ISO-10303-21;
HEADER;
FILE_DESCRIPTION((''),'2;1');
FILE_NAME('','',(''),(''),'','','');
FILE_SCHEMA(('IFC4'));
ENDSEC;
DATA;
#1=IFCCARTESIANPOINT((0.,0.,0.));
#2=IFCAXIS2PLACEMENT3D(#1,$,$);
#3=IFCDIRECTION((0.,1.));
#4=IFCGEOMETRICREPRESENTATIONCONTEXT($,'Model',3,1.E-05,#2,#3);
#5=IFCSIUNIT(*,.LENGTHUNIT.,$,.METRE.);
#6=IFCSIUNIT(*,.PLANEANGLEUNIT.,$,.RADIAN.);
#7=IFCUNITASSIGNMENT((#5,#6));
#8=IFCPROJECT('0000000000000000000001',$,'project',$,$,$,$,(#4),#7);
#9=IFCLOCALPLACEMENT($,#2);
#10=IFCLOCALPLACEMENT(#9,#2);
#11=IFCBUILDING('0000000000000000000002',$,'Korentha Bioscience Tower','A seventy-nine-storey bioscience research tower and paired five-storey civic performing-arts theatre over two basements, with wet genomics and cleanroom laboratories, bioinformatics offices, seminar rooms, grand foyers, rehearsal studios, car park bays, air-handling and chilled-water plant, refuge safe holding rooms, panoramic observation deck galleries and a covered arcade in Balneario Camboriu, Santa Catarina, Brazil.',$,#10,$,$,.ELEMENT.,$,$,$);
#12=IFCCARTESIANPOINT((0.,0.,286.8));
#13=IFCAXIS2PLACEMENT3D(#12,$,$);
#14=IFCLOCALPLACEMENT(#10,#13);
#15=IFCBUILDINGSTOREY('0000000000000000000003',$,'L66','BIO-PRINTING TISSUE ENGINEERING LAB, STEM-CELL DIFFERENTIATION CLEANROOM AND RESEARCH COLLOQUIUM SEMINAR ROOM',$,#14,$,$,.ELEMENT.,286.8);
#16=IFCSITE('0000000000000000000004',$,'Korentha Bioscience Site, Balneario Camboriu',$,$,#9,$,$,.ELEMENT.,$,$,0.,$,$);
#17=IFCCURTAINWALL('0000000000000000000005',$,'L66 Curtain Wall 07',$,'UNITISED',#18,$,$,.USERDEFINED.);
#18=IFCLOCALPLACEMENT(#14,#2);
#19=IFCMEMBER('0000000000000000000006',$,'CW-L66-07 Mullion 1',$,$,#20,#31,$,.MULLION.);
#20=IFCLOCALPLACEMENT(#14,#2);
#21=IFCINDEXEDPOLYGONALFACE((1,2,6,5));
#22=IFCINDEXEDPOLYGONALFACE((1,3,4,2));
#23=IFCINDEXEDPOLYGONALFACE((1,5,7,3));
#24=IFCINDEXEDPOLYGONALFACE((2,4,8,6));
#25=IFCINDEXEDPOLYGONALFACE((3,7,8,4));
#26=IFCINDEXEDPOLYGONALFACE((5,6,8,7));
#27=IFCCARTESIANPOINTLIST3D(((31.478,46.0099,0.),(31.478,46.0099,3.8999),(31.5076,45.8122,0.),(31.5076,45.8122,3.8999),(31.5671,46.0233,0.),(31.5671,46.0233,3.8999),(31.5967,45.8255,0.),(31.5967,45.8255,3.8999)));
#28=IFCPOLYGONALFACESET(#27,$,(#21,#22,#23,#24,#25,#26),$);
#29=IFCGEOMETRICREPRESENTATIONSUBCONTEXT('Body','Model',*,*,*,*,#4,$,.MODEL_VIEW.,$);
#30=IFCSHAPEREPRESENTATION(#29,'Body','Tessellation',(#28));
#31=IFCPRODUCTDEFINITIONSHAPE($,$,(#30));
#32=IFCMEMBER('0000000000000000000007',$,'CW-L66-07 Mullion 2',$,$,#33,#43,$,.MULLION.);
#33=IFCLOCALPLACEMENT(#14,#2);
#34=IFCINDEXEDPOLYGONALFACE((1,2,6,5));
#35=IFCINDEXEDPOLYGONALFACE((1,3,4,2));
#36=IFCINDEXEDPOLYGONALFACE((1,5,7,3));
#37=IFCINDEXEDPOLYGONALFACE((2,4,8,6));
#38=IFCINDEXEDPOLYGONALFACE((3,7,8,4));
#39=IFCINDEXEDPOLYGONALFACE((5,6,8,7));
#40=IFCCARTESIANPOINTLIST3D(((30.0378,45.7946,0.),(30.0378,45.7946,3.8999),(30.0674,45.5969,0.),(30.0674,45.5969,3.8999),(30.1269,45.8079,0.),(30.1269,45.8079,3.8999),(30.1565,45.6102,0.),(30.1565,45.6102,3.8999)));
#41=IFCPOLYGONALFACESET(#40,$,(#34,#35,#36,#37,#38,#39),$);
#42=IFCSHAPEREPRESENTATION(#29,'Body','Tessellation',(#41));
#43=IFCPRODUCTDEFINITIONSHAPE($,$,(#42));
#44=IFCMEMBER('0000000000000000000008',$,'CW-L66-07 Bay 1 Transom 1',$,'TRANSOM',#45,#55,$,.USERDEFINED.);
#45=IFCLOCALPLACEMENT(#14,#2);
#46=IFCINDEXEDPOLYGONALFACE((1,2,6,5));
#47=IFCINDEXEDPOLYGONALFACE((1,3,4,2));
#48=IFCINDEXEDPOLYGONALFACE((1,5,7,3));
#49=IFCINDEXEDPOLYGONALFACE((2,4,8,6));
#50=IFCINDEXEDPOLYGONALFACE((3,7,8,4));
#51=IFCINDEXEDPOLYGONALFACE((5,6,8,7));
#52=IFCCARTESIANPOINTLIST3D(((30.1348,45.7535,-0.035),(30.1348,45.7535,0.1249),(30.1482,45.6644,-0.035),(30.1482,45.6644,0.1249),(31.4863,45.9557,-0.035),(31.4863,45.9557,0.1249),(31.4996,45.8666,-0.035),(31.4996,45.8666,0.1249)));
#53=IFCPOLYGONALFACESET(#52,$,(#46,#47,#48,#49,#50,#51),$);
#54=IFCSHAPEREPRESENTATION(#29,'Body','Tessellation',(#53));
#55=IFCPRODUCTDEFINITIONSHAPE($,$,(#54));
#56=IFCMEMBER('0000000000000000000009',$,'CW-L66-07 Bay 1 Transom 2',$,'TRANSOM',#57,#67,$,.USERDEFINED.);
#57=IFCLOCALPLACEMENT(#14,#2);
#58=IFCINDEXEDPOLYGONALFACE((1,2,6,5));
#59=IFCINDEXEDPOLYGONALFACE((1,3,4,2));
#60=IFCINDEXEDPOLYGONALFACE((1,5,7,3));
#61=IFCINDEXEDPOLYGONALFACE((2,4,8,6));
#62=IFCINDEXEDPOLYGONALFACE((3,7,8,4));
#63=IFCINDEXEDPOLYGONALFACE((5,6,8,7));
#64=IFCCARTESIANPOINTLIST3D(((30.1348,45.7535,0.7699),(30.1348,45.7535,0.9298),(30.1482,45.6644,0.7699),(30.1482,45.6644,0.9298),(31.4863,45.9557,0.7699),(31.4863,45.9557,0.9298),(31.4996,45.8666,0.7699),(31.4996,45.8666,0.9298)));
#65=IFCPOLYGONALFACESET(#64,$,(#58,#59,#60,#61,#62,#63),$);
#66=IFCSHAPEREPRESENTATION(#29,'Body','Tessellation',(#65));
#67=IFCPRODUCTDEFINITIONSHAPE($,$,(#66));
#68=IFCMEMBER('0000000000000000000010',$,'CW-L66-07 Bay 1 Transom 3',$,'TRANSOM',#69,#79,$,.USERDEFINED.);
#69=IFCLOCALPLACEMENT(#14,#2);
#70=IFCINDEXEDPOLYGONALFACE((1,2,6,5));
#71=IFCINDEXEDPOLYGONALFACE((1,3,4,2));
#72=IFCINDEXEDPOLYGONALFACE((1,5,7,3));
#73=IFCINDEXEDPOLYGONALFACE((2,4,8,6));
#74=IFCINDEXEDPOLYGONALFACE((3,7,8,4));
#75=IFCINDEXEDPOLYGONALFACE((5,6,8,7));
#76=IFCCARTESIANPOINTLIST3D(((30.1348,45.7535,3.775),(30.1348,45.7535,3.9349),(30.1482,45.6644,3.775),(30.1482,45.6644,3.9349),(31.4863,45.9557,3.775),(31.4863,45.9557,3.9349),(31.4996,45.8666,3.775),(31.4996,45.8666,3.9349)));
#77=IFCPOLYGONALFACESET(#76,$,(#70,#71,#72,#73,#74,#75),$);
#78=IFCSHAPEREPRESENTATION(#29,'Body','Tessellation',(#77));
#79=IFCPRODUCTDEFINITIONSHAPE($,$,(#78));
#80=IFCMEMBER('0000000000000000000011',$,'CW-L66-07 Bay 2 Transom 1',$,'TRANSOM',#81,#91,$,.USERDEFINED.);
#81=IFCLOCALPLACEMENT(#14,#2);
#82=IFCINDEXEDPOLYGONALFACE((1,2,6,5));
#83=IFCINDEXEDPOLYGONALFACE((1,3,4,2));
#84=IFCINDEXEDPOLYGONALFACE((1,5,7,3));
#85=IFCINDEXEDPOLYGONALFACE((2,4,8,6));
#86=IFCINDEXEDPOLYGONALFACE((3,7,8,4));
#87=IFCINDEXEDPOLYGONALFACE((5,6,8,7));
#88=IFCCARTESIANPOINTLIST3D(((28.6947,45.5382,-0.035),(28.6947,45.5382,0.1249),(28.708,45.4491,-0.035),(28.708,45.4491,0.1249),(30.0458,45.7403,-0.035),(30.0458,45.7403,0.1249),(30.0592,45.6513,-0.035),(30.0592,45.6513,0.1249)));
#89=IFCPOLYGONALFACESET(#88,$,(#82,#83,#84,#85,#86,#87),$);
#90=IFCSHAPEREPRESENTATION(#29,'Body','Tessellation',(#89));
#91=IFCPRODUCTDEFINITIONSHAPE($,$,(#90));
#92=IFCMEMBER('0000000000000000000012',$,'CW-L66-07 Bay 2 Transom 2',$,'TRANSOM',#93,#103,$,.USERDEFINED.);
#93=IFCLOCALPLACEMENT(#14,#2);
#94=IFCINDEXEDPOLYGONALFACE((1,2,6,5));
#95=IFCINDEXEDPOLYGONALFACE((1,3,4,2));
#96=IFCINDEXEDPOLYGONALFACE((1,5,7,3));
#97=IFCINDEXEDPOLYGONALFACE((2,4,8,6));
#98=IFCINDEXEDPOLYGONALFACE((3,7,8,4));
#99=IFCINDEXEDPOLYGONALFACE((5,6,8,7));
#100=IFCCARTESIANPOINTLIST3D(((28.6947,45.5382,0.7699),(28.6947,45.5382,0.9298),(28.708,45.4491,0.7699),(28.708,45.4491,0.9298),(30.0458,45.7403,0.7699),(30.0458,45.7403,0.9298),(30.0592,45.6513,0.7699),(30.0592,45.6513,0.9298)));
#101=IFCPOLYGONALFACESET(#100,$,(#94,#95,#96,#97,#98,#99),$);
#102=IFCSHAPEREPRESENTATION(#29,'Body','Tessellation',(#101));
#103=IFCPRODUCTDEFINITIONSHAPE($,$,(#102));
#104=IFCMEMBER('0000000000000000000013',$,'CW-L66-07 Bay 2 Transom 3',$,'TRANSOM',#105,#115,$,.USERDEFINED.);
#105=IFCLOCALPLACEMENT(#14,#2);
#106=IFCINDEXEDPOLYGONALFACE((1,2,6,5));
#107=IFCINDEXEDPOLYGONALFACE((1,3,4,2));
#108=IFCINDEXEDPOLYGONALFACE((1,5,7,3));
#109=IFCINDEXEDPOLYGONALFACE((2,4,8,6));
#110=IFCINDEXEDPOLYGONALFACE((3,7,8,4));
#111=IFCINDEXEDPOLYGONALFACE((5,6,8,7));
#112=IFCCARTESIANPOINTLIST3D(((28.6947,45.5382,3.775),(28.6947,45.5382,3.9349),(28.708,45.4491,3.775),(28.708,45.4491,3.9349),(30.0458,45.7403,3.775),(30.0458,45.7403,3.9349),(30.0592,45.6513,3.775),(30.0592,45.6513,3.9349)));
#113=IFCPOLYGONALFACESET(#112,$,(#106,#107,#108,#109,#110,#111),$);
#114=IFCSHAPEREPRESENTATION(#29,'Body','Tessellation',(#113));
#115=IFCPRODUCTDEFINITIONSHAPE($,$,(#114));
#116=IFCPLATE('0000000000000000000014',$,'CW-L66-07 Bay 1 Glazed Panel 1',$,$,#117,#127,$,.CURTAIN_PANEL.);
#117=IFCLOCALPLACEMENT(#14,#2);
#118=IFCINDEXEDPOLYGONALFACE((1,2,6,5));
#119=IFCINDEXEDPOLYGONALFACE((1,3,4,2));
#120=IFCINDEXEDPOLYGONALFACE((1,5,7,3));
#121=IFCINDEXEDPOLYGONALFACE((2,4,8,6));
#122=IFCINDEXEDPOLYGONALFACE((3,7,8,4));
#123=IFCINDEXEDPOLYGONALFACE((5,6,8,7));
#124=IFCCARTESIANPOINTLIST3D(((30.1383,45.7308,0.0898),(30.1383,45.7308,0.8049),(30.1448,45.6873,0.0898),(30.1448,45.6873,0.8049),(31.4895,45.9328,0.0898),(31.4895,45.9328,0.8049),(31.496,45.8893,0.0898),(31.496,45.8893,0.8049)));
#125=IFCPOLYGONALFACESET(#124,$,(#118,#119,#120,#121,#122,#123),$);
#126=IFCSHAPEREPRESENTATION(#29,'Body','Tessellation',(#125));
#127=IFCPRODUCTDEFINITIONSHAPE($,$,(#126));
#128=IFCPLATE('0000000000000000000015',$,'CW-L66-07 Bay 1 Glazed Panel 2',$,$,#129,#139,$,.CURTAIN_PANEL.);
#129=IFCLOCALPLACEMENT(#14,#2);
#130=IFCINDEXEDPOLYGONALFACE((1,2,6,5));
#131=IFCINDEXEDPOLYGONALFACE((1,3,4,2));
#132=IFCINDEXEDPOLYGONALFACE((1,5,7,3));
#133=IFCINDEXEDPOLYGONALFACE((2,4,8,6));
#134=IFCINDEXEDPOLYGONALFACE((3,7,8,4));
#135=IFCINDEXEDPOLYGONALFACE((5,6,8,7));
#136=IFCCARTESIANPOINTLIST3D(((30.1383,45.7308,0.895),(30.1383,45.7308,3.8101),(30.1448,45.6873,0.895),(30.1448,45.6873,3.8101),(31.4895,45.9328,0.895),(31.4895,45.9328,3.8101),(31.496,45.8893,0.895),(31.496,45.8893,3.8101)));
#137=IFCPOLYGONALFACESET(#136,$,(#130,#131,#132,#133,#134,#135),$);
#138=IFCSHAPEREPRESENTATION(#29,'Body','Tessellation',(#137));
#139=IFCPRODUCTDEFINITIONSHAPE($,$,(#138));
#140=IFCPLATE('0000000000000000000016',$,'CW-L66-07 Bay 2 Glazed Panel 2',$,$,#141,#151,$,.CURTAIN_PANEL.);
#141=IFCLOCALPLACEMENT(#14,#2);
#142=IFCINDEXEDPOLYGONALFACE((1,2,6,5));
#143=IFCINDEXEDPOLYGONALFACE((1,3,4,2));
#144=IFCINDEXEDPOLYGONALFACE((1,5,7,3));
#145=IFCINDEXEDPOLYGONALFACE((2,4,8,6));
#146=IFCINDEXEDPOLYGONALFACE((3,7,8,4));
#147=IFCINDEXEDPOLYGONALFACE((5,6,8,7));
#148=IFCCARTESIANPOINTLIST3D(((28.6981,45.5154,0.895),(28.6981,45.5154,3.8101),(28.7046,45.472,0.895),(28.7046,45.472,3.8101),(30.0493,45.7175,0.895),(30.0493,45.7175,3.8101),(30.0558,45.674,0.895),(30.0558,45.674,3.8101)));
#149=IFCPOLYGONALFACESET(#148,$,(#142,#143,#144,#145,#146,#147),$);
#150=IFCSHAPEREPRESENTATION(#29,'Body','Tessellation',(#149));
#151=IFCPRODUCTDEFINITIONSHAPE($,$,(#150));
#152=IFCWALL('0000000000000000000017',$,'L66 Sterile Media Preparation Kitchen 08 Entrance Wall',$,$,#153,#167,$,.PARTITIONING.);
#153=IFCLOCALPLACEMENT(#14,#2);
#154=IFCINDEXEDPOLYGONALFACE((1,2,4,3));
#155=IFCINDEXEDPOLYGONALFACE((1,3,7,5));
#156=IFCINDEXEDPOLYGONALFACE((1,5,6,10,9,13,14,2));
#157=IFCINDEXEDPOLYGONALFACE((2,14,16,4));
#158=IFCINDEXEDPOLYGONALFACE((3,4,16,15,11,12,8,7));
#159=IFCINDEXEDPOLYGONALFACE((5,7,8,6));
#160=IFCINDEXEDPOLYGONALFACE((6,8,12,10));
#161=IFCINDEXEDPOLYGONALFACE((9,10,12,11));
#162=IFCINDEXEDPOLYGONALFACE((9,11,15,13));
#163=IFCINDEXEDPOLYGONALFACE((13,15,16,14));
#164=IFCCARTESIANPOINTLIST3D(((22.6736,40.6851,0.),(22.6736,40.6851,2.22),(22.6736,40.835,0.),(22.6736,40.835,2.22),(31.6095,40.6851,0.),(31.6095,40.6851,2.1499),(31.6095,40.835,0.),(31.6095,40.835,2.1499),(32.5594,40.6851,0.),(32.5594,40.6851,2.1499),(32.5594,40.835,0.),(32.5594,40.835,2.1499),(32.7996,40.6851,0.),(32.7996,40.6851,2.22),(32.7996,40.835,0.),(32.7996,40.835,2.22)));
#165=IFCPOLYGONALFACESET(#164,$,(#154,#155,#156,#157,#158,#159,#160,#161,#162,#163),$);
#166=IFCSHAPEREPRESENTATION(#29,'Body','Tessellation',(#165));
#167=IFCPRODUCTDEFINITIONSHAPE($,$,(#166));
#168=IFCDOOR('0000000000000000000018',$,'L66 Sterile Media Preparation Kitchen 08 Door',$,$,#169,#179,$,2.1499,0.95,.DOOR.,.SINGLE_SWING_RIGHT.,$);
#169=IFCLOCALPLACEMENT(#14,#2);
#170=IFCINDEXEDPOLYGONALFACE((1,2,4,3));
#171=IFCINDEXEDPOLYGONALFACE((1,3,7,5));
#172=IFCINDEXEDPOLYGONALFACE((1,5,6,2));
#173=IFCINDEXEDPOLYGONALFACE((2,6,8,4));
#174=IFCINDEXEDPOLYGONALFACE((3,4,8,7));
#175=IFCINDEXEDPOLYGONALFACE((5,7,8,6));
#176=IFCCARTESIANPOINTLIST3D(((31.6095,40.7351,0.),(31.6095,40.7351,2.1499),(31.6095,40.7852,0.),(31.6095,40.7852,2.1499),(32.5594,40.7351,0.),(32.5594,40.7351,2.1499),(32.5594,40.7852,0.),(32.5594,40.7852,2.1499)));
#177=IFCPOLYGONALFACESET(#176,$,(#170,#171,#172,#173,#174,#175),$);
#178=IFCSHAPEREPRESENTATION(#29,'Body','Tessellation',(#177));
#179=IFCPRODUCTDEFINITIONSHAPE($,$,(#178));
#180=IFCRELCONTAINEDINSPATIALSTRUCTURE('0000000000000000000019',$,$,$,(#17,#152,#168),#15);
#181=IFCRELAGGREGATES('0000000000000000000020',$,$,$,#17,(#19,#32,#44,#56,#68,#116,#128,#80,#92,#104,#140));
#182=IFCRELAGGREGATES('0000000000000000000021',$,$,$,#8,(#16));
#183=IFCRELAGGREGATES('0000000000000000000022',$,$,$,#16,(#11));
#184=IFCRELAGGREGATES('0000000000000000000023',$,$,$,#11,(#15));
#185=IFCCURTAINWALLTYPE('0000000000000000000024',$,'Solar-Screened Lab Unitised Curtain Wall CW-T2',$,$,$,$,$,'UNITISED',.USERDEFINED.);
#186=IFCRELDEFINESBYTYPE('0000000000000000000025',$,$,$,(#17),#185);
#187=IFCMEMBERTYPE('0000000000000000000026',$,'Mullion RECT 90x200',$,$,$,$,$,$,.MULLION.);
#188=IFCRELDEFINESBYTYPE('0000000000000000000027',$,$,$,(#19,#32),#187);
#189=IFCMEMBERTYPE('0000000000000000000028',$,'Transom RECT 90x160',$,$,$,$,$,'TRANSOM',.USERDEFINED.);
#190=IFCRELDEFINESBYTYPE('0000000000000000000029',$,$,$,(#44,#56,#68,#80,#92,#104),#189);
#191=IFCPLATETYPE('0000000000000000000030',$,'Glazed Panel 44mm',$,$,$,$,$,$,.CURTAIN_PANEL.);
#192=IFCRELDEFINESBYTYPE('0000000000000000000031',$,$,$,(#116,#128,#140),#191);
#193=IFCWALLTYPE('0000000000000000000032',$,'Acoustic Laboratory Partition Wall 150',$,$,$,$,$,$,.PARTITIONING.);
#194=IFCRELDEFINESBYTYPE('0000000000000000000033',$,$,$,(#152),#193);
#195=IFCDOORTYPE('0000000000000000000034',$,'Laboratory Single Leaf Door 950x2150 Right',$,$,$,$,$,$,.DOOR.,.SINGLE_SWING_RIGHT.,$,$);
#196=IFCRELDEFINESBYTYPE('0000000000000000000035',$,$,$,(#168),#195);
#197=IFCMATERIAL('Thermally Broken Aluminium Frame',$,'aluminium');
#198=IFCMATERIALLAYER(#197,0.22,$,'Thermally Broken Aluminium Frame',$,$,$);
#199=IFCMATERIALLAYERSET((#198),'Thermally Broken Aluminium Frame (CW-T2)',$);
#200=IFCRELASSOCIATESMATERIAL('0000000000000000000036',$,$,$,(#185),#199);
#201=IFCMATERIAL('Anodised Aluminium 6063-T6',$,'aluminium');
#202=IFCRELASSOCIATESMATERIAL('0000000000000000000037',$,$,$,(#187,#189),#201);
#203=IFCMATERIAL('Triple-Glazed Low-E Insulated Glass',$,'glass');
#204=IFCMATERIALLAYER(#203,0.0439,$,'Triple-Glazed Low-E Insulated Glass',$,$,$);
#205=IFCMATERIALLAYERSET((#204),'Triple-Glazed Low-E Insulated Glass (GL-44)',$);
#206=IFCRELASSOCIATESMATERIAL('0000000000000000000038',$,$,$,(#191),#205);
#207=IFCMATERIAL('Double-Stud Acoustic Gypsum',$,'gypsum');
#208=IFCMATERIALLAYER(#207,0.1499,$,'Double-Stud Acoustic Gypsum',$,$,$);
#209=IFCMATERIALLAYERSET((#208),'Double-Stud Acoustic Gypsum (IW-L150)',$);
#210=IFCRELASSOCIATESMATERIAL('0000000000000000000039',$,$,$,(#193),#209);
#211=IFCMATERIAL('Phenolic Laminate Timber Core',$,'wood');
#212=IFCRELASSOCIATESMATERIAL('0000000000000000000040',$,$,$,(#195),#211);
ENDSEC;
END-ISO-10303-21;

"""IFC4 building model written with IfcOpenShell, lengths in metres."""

from ifc_helpers import new_model, si_unit, direction, frame, frame_2d, origin, origin_2d, place, context, subcontext, project, spatial, rectangle, extrude, material, layer, layer_set, material_profile, profile_set, type_object, element, fill, aggregate, save


model = new_model("IFC4")

# Units and contexts
model_context = context("Model", 3, precision=1e-05, world=origin(), true_north=direction((0.0, 1.0)))
body_context = subcontext(model_context, "Body", "Model", "MODEL_VIEW")
ifc_project = project(units=[si_unit("LENGTHUNIT", "METRE"), si_unit("PLANEANGLEUNIT", "RADIAN")], contexts=[model_context])

# Site, building, storey
site_placement = place(None, origin())
site = spatial("IfcSite", under=ifc_project, at=site_placement, Name="Korentha Bioscience Site, Balneario Camboriu", CompositionType="ELEMENT", RefElevation=0.0)
building_placement = place(site_placement, origin())
building = spatial("IfcBuilding", under=site, at=building_placement, Name="Korentha Bioscience Tower", Description="A seventy-nine-storey bioscience research tower and paired five-storey civic performing-arts theatre over two basements, with wet genomics and cleanroom laboratories, bioinformatics offices, seminar rooms, grand foyers, rehearsal studios, car park bays, air-handling and chilled-water plant, refuge safe holding rooms, panoramic observation deck galleries and a covered arcade in Balneario Camboriu, Santa Catarina, Brazil.", CompositionType="ELEMENT")
storey_placement = place(building_placement, frame((0.0, 0.0, 286.8)))
storey = spatial("IfcBuildingStorey", under=building, at=storey_placement, Name="L66", Description="BIO-PRINTING TISSUE ENGINEERING LAB, STEM-CELL DIFFERENTIATION CLEANROOM AND RESEARCH COLLOQUIUM SEMINAR ROOM", CompositionType="ELEMENT", Elevation=286.8)

# Curtain wall, members, plates
ifc_material_1 = material(Name="Thermally Broken Aluminium Frame", Category="aluminium")
ifc_layer_1 = layer(ifc_material_1, 0.22, Name="Thermally Broken Aluminium Frame")
ifc_layer_set_1 = layer_set([ifc_layer_1], Name="Thermally Broken Aluminium Frame (CW-T2)")
curtain_wall_type = type_object("IfcCurtainWallType", Name="Solar-Screened Lab Unitised Curtain Wall CW-T2", ElementType="UNITISED", PredefinedType="USERDEFINED", material=ifc_layer_set_1)
curtain_wall_placement = place(storey_placement, origin())
curtain_wall = element("IfcCurtainWall", 1, at=curtain_wall_placement, inside=storey, type_object=curtain_wall_type, Name="L66 Curtain Wall 07", ObjectType="UNITISED", PredefinedType="USERDEFINED")
ifc_material_2 = material(Name="Anodised Aluminium 6063-T6", Category="aluminium")
ifc_material_profile_1 = material_profile(ifc_material_2, rectangle(XDim=0.0901, YDim=0.2, at=origin_2d()), Name="Anodised Aluminium 6063-T6")
ifc_profile_set_1 = profile_set([ifc_material_profile_1], Name="Anodised Aluminium 6063-T6 (CW-MUL)")
member_type_1 = type_object("IfcMemberType", Name="Mullion RECT 90x200", PredefinedType="MULLION", material=ifc_profile_set_1)
member_1_placement = place(storey_placement, frame((31.5374, 45.9177, 0.0), z_axis=(0.0, 0.0, 1.0), x_axis=(-0.989007, -0.147871, 0.0)))
member_1 = element("IfcMember", 2, at=member_1_placement, type_object=member_type_1, Name="CW-L66-07 Mullion 1", PredefinedType="MULLION", context=body_context, shape_type="SweptSolid", body=[
    extrude(rectangle(XDim=0.0901, YDim=0.2, at=origin_2d()), origin(), (0.0, 0.0, 1.0), 3.8999),
])
member_2_placement = place(storey_placement, frame((30.0972, 45.7024, 0.0), z_axis=(0.0, 0.0, 1.0), x_axis=(-0.989007, -0.147871, 0.0)))
member_2 = element("IfcMember", 3, at=member_2_placement, type_object=member_type_1, Name="CW-L66-07 Mullion 2", PredefinedType="MULLION", context=body_context, shape_type="SweptSolid", body=[
    extrude(rectangle(XDim=0.0901, YDim=0.2, at=origin_2d()), origin(), (0.0, 0.0, 1.0), 3.8999),
])
ifc_material_profile_2 = material_profile(ifc_material_2, rectangle(XDim=0.0901, YDim=0.1599, at=origin_2d()), Name="Anodised Aluminium 6063-T6")
ifc_profile_set_2 = profile_set([ifc_material_profile_2], Name="Anodised Aluminium 6063-T6 (CW-TRN)")
member_type_2 = type_object("IfcMemberType", Name="Transom RECT 90x160", ElementType="TRANSOM", PredefinedType="USERDEFINED", material=ifc_profile_set_2)
member_3_placement = place(storey_placement, frame((31.4929, 45.9111, 0.0449), z_axis=(-0.988995, -0.147947, 0.0), x_axis=(0.147947, -0.988995, 0.0)))
member_3 = element("IfcMember", 4, at=member_3_placement, type_object=member_type_2, Name="CW-L66-07 Bay 1 Transom 1", ObjectType="TRANSOM", PredefinedType="USERDEFINED", context=body_context, shape_type="SweptSolid", body=[
    extrude(rectangle(XDim=0.0901, YDim=0.1599, at=origin_2d()), origin(), (0.0, 0.0, 1.0), 1.3665),
])
member_4_placement = place(storey_placement, frame((31.4929, 45.9111, 0.8499), z_axis=(-0.988995, -0.147947, 0.0), x_axis=(0.147947, -0.988995, 0.0)))
member_4 = element("IfcMember", 5, at=member_4_placement, type_object=member_type_2, Name="CW-L66-07 Bay 1 Transom 2", ObjectType="TRANSOM", PredefinedType="USERDEFINED", context=body_context, shape_type="SweptSolid", body=[
    extrude(rectangle(XDim=0.0901, YDim=0.1599, at=origin_2d()), origin(), (0.0, 0.0, 1.0), 1.3665),
])
member_5_placement = place(storey_placement, frame((31.4929, 45.9111, 3.855), z_axis=(-0.988995, -0.147947, 0.0), x_axis=(0.147947, -0.988995, 0.0)))
member_5 = element("IfcMember", 6, at=member_5_placement, type_object=member_type_2, Name="CW-L66-07 Bay 1 Transom 3", ObjectType="TRANSOM", PredefinedType="USERDEFINED", context=body_context, shape_type="SweptSolid", body=[
    extrude(rectangle(XDim=0.0901, YDim=0.1599, at=origin_2d()), origin(), (0.0, 0.0, 1.0), 1.3665),
])
member_6_placement = place(storey_placement, frame((30.0525, 45.6958, 0.0449), z_axis=(-0.988991, -0.147973, 0.0), x_axis=(0.147973, -0.988991, 0.0)))
member_6 = element("IfcMember", 7, at=member_6_placement, type_object=member_type_2, Name="CW-L66-07 Bay 2 Transom 1", ObjectType="TRANSOM", PredefinedType="USERDEFINED", context=body_context, shape_type="SweptSolid", body=[
    extrude(rectangle(XDim=0.0901, YDim=0.1599, at=origin_2d()), origin(), (0.0, 0.0, 1.0), 1.3662),
])
member_7_placement = place(storey_placement, frame((30.0525, 45.6958, 0.8499), z_axis=(-0.988991, -0.147973, 0.0), x_axis=(0.147973, -0.988991, 0.0)))
member_7 = element("IfcMember", 8, at=member_7_placement, type_object=member_type_2, Name="CW-L66-07 Bay 2 Transom 2", ObjectType="TRANSOM", PredefinedType="USERDEFINED", context=body_context, shape_type="SweptSolid", body=[
    extrude(rectangle(XDim=0.0901, YDim=0.1599, at=origin_2d()), origin(), (0.0, 0.0, 1.0), 1.3662),
])
member_8_placement = place(storey_placement, frame((30.0525, 45.6958, 3.855), z_axis=(-0.988991, -0.147973, 0.0), x_axis=(0.147973, -0.988991, 0.0)))
member_8 = element("IfcMember", 9, at=member_8_placement, type_object=member_type_2, Name="CW-L66-07 Bay 2 Transom 3", ObjectType="TRANSOM", PredefinedType="USERDEFINED", context=body_context, shape_type="SweptSolid", body=[
    extrude(rectangle(XDim=0.0901, YDim=0.1599, at=origin_2d()), origin(), (0.0, 0.0, 1.0), 1.3662),
])
ifc_material_3 = material(Name="Triple-Glazed Low-E Insulated Glass", Category="glass")
ifc_layer_2 = layer(ifc_material_3, 0.0439, Name="Triple-Glazed Low-E Insulated Glass")
ifc_layer_set_2 = layer_set([ifc_layer_2], Name="Triple-Glazed Low-E Insulated Glass (GL-44)")
plate_type = type_object("IfcPlateType", Name="Glazed Panel 44mm", PredefinedType="CURTAIN_PANEL", material=ifc_layer_set_2)
plate_1_placement = place(storey_placement, frame((30.8171, 45.8101, 0.0898), z_axis=(0.0, 0.0, 1.0), x_axis=(-0.989007, -0.147871, 0.0)))
plate_1 = element("IfcPlate", 10, at=plate_1_placement, type_object=plate_type, Name="CW-L66-07 Bay 1 Glazed Panel 1", PredefinedType="CURTAIN_PANEL", context=body_context, shape_type="SweptSolid", body=[
    extrude(rectangle(XDim=1.3662, YDim=0.0439, at=origin_2d()), origin(), (0.0, 0.0, 1.0), 0.7151),
])
plate_2_placement = place(storey_placement, frame((30.8171, 45.8101, 0.895), z_axis=(0.0, 0.0, 1.0), x_axis=(-0.989007, -0.147871, 0.0)))
plate_2 = element("IfcPlate", 11, at=plate_2_placement, type_object=plate_type, Name="CW-L66-07 Bay 1 Glazed Panel 2", PredefinedType="CURTAIN_PANEL", context=body_context, shape_type="SweptSolid", body=[
    extrude(rectangle(XDim=1.3662, YDim=0.0439, at=origin_2d()), origin(), (0.0, 0.0, 1.0), 2.915),
])
plate_3_placement = place(storey_placement, frame((29.377, 45.5947, 0.895), z_axis=(0.0, 0.0, 1.0), x_axis=(-0.989007, -0.147871, 0.0)))
plate_3 = element("IfcPlate", 12, at=plate_3_placement, type_object=plate_type, Name="CW-L66-07 Bay 2 Glazed Panel 2", PredefinedType="CURTAIN_PANEL", context=body_context, shape_type="SweptSolid", body=[
    extrude(rectangle(XDim=1.3662, YDim=0.0439, at=origin_2d()), origin(), (0.0, 0.0, 1.0), 2.915),
])
aggregate(curtain_wall, [member_1, member_2, member_3, member_4, member_5, plate_1, plate_2, member_6, member_7, member_8, plate_3])

# Wall, opening, door
ifc_material_4 = material(Name="Double-Stud Acoustic Gypsum", Category="gypsum")
ifc_layer_3 = layer(ifc_material_4, 0.1499, Name="Double-Stud Acoustic Gypsum")
ifc_layer_set_3 = layer_set([ifc_layer_3], Name="Double-Stud Acoustic Gypsum (IW-L150)")
wall_type_1 = type_object("IfcWallType", Name="Acoustic Laboratory Partition Wall 150", PredefinedType="PARTITIONING", material=ifc_layer_set_3)
wall_1_placement = place(storey_placement, frame((32.7996, 40.76, 0.0), z_axis=(0.0, 0.0, 1.0), x_axis=(-1.0, 0.0, 0.0)))
wall_1 = element("IfcWall", 13, at=wall_1_placement, inside=storey, type_object=wall_type_1, Name="L66 Sterile Media Preparation Kitchen 08 Entrance Wall", PredefinedType="PARTITIONING", context=body_context, shape_type="SweptSolid", body=[
    extrude(rectangle(XDim=10.126, YDim=0.1499, at=frame_2d((5.063, 0.0))), origin(), (0.0, 0.0, 1.0), 2.22),
])
opening_1_placement = place(wall_1_placement, frame((0.24, 0.0, 0.0)))
opening_1 = element("IfcOpeningElement", 14, at=opening_1_placement, cuts=wall_1, PredefinedType="OPENING", context=body_context, shape_type="SweptSolid", body=[
    extrude(rectangle(XDim=0.95, YDim=2.1499, at=frame_2d((0.4751, 1.075))), frame((0.0, 0.0898, 0.0), z_axis=(0.0, -1.0, 0.0), x_axis=(1.0, 0.0, 0.0)), (0.0, 0.0, 1.0), 0.1797),
])
ifc_material_5 = material(Name="Phenolic Laminate Timber Core", Category="wood")
door_type_1 = type_object("IfcDoorType", Name="Laboratory Single Leaf Door 950x2150 Right", OperationType="SINGLE_SWING_RIGHT", PredefinedType="DOOR", material=ifc_material_5)
door_1_placement = place(opening_1_placement, origin())
door_1 = element("IfcDoor", 15, at=door_1_placement, inside=storey, type_object=door_type_1, Name="L66 Sterile Media Preparation Kitchen 08 Door", OperationType="SINGLE_SWING_RIGHT", OverallHeight=2.1499, OverallWidth=0.95, PredefinedType="DOOR", context=body_context, shape_type="SweptSolid", body=[
    extrude(rectangle(XDim=0.95, YDim=2.1499, at=frame_2d((0.4751, 1.075))), frame((0.0, 0.0249, 0.0), z_axis=(0.0, -1.0, 0.0), x_axis=(1.0, 0.0, 0.0)), (0.0, 0.0, 1.0), 0.05),
])
fill(opening_1, door_1)

save(model, "model.ifc")
